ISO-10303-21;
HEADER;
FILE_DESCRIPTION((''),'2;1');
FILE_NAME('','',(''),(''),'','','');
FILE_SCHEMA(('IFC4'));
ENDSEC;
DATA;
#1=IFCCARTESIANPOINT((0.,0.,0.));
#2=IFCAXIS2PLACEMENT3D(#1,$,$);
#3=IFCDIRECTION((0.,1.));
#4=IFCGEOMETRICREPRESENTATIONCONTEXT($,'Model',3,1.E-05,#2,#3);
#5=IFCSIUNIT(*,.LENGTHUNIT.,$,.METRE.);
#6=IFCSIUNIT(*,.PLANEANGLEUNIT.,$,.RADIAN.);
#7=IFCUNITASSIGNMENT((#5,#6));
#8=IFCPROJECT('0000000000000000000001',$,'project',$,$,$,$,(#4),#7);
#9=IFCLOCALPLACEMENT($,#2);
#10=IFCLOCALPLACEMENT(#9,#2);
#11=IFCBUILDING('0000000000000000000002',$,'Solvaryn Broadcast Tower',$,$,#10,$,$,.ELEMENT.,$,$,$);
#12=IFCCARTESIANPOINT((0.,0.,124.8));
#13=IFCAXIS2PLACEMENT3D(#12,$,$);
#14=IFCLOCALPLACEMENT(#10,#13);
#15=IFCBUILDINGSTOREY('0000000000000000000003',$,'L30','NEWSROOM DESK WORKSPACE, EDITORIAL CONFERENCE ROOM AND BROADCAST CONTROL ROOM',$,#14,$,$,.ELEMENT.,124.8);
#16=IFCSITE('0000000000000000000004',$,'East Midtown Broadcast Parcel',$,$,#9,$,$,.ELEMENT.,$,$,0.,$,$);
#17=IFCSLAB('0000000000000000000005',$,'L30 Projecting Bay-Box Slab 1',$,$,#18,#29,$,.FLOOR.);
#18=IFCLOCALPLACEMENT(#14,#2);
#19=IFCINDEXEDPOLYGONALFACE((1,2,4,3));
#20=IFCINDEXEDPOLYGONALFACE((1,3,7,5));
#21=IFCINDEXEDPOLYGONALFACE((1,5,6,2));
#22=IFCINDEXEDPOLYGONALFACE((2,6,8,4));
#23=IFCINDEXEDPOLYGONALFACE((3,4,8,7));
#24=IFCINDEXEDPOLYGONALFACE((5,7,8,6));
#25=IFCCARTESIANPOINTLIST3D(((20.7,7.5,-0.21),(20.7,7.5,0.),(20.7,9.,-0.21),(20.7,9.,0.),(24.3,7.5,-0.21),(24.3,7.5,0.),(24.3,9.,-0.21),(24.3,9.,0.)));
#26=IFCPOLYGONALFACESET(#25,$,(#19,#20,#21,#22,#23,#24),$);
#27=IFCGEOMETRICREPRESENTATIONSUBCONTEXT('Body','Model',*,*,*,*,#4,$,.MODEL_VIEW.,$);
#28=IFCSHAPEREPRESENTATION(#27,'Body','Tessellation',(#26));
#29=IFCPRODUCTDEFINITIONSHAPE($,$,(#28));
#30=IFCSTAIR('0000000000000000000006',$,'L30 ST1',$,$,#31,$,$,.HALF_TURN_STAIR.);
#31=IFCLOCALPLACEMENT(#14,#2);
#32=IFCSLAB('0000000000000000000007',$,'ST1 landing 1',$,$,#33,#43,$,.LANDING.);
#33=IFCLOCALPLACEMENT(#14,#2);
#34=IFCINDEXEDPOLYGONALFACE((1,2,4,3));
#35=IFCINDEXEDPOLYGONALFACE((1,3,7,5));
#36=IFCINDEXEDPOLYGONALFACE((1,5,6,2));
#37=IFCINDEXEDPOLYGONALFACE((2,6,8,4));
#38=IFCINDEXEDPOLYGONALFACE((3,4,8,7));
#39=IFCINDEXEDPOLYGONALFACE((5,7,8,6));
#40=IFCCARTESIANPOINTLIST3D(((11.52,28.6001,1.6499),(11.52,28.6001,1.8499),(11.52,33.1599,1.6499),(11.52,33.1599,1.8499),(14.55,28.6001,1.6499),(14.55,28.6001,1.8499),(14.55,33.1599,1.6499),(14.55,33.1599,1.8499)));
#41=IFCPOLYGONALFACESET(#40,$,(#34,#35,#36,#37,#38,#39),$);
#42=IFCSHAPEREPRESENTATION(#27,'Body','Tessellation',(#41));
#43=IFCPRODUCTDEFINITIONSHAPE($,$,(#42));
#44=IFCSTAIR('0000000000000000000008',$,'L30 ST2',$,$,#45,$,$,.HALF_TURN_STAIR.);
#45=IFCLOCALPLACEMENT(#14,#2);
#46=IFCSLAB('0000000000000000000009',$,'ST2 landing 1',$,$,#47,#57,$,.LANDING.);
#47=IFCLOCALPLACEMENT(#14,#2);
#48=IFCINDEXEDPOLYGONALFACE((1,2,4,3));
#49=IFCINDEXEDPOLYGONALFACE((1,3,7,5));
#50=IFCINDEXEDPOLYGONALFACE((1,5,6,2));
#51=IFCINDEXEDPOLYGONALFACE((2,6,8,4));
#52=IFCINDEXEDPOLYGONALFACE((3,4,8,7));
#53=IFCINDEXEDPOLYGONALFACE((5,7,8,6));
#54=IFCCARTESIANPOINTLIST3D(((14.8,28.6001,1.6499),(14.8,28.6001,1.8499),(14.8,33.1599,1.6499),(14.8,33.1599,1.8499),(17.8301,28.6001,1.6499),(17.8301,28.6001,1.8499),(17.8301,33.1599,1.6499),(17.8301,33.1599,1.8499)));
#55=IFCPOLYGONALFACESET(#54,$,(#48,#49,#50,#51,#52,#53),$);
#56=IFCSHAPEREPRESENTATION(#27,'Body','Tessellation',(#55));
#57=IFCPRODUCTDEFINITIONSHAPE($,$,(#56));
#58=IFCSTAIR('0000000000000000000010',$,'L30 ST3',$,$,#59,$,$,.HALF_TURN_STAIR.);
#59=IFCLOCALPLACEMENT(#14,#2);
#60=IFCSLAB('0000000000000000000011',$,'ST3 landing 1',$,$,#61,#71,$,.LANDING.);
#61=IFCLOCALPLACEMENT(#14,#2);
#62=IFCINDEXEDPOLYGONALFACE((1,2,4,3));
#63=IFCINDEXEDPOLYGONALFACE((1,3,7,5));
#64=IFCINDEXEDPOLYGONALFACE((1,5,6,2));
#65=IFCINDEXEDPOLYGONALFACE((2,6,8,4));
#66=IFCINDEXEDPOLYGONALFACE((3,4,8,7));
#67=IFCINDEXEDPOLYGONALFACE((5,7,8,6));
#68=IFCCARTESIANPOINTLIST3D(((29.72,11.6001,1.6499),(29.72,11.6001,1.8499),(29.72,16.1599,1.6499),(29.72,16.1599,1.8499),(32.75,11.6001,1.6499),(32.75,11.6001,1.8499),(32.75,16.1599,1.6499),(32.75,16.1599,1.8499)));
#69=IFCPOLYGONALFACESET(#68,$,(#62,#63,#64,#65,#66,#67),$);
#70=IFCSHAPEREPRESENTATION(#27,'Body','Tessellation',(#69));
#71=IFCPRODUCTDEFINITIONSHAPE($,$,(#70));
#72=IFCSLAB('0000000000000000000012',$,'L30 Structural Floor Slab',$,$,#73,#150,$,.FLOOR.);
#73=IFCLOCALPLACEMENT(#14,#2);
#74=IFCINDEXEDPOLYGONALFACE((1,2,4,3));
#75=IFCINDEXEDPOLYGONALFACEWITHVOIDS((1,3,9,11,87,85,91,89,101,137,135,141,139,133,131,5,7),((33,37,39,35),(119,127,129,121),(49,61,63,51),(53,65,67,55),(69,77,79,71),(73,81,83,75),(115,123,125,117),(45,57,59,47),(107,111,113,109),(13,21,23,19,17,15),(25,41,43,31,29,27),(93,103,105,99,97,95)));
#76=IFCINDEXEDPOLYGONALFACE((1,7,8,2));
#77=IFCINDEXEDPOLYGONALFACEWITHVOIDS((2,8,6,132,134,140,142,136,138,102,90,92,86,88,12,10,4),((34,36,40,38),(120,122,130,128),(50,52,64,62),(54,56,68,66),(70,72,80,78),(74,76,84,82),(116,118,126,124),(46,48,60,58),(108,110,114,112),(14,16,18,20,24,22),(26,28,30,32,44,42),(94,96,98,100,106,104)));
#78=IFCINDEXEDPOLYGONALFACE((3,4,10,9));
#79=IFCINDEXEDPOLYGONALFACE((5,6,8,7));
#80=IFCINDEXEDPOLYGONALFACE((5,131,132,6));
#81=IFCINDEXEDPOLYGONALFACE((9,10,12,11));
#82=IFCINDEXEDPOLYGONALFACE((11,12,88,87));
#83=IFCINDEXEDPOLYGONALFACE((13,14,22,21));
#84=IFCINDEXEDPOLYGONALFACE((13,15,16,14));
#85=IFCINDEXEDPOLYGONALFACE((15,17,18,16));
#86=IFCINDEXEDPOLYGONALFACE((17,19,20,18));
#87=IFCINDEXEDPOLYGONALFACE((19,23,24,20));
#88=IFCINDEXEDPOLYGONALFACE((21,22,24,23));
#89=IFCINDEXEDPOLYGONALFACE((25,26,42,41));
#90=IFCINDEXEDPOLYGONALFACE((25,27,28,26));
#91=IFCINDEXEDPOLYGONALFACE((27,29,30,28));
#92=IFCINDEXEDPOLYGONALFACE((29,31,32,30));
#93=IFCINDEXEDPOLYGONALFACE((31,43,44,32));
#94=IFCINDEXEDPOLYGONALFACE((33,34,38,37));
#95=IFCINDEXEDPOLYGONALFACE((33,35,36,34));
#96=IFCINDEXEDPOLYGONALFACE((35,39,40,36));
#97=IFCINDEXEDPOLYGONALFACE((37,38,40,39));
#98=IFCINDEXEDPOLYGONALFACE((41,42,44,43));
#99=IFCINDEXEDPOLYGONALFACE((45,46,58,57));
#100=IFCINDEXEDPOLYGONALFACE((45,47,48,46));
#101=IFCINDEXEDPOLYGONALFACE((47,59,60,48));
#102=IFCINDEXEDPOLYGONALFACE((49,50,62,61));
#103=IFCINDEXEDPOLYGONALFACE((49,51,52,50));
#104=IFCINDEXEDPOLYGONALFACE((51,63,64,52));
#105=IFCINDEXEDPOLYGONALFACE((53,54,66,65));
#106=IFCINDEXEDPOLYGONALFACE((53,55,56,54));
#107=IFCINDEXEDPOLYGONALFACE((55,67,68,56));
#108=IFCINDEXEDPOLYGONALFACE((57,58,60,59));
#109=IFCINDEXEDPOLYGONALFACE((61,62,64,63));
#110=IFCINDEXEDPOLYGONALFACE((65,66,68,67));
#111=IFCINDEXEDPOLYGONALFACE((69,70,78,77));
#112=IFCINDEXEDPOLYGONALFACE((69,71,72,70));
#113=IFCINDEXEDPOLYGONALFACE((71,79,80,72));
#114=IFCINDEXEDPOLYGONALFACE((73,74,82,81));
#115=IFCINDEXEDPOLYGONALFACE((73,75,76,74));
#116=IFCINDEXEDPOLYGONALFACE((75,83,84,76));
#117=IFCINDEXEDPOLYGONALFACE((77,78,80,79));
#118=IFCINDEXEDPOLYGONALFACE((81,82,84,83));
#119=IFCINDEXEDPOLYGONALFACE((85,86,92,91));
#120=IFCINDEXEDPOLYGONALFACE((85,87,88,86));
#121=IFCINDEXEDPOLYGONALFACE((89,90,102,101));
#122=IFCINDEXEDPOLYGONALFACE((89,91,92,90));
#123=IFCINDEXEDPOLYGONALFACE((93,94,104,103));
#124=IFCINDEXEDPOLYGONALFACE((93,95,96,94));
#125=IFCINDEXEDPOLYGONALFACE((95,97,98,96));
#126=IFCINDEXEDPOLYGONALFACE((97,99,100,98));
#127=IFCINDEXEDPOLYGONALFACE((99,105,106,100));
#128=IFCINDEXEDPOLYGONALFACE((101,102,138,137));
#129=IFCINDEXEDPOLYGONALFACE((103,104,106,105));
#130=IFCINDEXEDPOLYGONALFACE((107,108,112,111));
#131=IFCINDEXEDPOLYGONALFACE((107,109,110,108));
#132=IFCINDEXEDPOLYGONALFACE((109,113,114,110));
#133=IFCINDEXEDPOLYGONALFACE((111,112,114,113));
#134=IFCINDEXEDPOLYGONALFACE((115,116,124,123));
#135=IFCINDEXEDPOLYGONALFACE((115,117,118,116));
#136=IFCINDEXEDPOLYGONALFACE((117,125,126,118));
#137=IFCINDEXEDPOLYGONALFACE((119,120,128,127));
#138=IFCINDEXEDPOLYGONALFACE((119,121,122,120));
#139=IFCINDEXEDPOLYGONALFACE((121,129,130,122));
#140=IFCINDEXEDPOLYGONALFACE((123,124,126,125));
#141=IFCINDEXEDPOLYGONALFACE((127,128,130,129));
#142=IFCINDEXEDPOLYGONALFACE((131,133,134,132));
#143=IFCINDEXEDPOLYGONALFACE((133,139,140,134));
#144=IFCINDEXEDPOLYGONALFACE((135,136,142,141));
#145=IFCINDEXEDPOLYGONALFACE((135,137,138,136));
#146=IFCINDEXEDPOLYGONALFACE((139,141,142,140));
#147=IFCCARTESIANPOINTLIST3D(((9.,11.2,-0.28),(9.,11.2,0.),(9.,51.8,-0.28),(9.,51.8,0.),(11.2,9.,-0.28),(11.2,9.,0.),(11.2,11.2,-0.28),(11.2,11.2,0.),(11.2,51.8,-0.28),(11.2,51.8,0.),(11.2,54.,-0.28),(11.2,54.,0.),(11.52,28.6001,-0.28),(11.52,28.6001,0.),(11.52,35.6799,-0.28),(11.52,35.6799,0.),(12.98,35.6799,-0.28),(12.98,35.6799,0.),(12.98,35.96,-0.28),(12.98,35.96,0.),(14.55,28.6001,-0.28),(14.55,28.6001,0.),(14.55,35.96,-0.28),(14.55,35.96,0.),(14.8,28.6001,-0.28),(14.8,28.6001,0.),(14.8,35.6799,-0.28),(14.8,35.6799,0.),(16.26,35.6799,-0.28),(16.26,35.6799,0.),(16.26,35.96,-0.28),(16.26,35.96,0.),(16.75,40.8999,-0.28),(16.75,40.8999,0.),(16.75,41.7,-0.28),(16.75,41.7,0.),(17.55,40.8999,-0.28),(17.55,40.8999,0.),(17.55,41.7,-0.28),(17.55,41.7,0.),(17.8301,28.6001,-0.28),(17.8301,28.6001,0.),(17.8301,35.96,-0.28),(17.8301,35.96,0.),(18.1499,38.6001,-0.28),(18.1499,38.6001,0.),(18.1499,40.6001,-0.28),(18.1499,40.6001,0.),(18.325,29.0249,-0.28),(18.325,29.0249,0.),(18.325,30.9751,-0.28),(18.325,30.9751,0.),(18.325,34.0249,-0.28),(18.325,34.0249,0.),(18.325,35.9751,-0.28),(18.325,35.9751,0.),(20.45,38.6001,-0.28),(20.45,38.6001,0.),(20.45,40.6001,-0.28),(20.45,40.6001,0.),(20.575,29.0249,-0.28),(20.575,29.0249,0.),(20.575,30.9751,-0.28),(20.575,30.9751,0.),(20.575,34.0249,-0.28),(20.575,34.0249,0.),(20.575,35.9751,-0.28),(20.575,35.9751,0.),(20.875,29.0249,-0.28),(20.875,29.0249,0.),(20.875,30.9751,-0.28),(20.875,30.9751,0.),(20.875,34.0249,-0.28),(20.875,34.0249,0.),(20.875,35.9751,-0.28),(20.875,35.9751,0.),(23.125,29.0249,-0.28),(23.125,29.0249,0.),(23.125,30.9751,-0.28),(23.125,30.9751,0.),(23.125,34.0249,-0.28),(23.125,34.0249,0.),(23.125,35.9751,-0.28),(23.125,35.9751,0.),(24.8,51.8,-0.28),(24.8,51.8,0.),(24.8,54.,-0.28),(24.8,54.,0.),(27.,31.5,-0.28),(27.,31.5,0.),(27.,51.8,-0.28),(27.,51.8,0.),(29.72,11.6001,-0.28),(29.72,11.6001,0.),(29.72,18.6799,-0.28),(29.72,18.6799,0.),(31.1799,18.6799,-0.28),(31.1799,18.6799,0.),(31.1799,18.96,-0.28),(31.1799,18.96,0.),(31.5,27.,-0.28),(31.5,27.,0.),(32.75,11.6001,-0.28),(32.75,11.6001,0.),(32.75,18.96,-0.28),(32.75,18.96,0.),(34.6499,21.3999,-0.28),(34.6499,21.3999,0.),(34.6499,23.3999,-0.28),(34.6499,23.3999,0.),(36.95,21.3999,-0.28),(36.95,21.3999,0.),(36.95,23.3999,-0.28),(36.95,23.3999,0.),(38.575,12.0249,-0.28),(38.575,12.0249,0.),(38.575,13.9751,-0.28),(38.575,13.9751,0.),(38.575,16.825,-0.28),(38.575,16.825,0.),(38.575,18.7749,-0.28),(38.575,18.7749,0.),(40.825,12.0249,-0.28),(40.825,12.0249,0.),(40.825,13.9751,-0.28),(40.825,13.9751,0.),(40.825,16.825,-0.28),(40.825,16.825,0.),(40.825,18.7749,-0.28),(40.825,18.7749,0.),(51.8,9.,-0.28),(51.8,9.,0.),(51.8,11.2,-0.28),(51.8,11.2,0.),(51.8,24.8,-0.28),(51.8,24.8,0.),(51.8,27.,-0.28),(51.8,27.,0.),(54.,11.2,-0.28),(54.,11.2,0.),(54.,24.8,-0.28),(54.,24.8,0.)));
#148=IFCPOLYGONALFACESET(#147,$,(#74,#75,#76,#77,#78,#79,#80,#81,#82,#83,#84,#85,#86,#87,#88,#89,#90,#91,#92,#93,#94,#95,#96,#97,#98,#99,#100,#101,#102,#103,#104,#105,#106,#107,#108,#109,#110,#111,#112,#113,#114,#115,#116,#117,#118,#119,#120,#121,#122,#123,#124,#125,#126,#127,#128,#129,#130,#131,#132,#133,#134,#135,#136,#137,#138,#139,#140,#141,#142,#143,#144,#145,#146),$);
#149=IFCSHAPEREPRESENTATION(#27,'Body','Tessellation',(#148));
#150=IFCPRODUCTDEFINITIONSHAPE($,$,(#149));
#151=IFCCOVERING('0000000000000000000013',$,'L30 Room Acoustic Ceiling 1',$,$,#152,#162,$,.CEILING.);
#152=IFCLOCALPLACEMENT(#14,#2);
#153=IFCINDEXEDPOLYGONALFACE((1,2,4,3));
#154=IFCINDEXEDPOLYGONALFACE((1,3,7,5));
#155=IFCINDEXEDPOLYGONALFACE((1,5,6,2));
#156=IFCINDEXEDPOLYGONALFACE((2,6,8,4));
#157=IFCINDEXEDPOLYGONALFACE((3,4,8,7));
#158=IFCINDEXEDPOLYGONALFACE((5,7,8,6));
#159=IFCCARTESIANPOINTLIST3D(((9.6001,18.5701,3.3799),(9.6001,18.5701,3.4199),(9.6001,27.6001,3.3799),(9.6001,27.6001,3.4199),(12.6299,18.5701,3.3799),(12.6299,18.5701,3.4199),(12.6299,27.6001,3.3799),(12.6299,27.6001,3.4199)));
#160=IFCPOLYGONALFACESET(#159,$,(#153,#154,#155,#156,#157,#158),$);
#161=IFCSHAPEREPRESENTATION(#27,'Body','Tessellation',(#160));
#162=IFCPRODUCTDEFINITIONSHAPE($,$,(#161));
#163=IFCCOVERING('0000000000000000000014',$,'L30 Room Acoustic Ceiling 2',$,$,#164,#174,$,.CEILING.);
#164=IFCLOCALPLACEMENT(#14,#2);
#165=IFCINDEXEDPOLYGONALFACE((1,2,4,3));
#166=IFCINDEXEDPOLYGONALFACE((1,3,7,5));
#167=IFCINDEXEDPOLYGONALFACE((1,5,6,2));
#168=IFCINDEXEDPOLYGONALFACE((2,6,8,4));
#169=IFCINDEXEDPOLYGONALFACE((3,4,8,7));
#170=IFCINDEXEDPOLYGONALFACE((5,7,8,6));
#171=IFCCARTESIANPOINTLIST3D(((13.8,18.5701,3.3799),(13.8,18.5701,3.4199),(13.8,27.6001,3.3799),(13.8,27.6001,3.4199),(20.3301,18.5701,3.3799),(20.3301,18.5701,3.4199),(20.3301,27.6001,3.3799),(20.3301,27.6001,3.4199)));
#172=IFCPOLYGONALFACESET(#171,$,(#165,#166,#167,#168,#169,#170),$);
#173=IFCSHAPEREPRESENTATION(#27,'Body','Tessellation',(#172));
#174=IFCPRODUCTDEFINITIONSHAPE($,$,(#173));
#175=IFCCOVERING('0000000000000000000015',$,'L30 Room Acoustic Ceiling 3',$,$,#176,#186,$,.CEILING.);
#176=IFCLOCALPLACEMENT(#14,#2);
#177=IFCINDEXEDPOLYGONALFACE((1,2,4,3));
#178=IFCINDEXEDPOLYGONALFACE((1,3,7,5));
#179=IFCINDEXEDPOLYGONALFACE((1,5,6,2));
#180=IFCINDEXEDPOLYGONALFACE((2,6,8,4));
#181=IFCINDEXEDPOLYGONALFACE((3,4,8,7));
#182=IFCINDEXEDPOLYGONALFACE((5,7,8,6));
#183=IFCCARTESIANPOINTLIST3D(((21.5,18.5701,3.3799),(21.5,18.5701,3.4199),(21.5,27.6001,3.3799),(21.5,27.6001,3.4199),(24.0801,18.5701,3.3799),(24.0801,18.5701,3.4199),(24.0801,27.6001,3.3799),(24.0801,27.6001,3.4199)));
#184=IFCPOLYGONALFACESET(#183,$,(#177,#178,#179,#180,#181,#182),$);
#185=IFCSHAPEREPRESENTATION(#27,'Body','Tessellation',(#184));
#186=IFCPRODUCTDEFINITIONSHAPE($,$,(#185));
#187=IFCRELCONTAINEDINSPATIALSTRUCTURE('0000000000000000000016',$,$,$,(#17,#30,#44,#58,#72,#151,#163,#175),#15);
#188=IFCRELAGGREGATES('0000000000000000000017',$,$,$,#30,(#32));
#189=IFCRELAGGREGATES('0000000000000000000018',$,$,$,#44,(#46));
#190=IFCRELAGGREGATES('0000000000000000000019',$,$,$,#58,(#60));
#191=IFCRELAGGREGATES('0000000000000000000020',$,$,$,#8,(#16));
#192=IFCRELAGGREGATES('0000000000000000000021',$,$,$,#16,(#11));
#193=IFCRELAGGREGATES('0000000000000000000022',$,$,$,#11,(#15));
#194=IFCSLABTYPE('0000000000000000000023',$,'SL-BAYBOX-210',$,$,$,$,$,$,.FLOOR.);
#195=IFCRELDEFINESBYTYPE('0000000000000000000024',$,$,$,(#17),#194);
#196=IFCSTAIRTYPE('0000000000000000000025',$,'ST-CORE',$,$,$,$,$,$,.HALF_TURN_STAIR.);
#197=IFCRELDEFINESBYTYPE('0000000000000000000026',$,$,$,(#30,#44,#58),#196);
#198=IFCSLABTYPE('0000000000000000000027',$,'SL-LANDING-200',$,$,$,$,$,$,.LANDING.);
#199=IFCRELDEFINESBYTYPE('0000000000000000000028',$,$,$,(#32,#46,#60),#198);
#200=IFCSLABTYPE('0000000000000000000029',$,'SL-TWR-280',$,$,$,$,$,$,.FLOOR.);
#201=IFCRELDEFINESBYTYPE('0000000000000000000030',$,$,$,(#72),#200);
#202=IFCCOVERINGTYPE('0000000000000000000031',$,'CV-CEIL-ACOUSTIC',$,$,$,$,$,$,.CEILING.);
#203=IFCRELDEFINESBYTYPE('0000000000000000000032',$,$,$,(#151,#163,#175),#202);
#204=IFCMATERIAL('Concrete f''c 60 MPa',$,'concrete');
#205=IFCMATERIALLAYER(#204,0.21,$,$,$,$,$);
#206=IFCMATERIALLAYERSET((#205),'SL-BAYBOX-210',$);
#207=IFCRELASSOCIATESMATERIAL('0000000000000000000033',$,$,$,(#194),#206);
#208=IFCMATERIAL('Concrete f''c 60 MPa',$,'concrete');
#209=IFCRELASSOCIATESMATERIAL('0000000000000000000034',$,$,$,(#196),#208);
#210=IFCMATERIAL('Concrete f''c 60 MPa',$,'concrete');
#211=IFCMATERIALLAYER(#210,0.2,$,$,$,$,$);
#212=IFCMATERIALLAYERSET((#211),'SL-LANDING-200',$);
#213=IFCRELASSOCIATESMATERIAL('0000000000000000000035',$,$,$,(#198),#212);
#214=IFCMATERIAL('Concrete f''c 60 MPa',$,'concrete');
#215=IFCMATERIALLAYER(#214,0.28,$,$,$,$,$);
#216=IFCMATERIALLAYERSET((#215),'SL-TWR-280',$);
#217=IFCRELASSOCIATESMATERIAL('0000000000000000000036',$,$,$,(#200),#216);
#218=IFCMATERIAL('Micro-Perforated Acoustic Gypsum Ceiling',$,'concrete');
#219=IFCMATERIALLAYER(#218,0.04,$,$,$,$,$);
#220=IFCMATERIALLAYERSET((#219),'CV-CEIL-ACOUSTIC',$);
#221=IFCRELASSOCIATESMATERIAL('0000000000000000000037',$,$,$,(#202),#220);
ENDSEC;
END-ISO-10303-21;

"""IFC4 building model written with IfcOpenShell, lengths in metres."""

from ifc_helpers import new_model, si_unit, direction, frame, origin, place, context, subcontext, project, spatial, polyline, outline, extrude, material, layer, layer_set, type_object, element, aggregate, save


model = new_model("IFC4")

# Units and contexts
model_context = context("Model", 3, precision=1e-05, world=origin(), true_north=direction((0.0, 1.0)))
body_context = subcontext(model_context, "Body", "Model", "MODEL_VIEW")
ifc_project = project(units=[si_unit("LENGTHUNIT", "METRE"), si_unit("PLANEANGLEUNIT", "RADIAN")], contexts=[model_context])

# Site, building, storey
site_placement = place(None, origin())
site = spatial("IfcSite", under=ifc_project, at=site_placement, Name="East Midtown Broadcast Parcel", CompositionType="ELEMENT", RefElevation=0.0)
building_placement = place(site_placement, origin())
building = spatial("IfcBuilding", under=site, at=building_placement, Name="Solvaryn Broadcast Tower", CompositionType="ELEMENT")
storey_placement = place(building_placement, frame((0.0, 0.0, 124.8)))
storey = spatial("IfcBuildingStorey", under=building, at=storey_placement, Name="L30", Description="NEWSROOM DESK WORKSPACE, EDITORIAL CONFERENCE ROOM AND BROADCAST CONTROL ROOM", CompositionType="ELEMENT", Elevation=124.8)

# Slab
ifc_material_1 = material(Name="Concrete f'c 60 MPa", Category="concrete")
ifc_layer_1 = layer(ifc_material_1, 0.21)
ifc_layer_set_1 = layer_set([ifc_layer_1], Name="SL-BAYBOX-210")
slab_type_1 = type_object("IfcSlabType", Name="SL-BAYBOX-210", PredefinedType="FLOOR", material=ifc_layer_set_1)
slab_1_placement = place(storey_placement, frame((0.0, 0.0, -0.21)))
element("IfcSlab", 1, at=slab_1_placement, inside=storey, type_object=slab_type_1, Name="L30 Projecting Bay-Box Slab 1", PredefinedType="FLOOR", context=body_context, shape_type="SweptSolid", body=[
    extrude(outline(polyline([(20.7, 7.5), (24.3, 7.5), (24.3, 9.0), (20.7, 9.0), (20.7, 7.5)])), origin(), (0.0, 0.0, 1.0), 0.21),
])

# Stairs, slabs
ifc_material_2 = material(Name="Concrete f'c 60 MPa", Category="concrete")
stair_type = type_object("IfcStairType", Name="ST-CORE", PredefinedType="HALF_TURN_STAIR", material=ifc_material_2)
stair_1_placement = place(storey_placement, origin())
stair_1 = element("IfcStair", 2, at=stair_1_placement, inside=storey, type_object=stair_type, Name="L30 ST1", PredefinedType="HALF_TURN_STAIR")
ifc_material_3 = material(Name="Concrete f'c 60 MPa", Category="concrete")
ifc_layer_2 = layer(ifc_material_3, 0.2)
ifc_layer_set_2 = layer_set([ifc_layer_2], Name="SL-LANDING-200")
slab_type_2 = type_object("IfcSlabType", Name="SL-LANDING-200", PredefinedType="LANDING", material=ifc_layer_set_2)
slab_2_placement = place(storey_placement, frame((0.0, 0.0, 1.6499)))
slab_2 = element("IfcSlab", 3, at=slab_2_placement, type_object=slab_type_2, Name="ST1 landing 1", PredefinedType="LANDING", context=body_context, shape_type="SweptSolid", body=[
    extrude(outline(polyline([(11.52, 33.1599), (11.52, 28.6001), (14.55, 28.6001), (14.55, 33.1599), (11.52, 33.1599)])), origin(), (0.0, 0.0, 1.0), 0.2),
])
aggregate(stair_1, [slab_2])
stair_2_placement = place(storey_placement, origin())
stair_2 = element("IfcStair", 4, at=stair_2_placement, inside=storey, type_object=stair_type, Name="L30 ST2", PredefinedType="HALF_TURN_STAIR")
slab_3_placement = place(storey_placement, frame((0.0, 0.0, 1.6499)))
slab_3 = element("IfcSlab", 5, at=slab_3_placement, type_object=slab_type_2, Name="ST2 landing 1", PredefinedType="LANDING", context=body_context, shape_type="SweptSolid", body=[
    extrude(outline(polyline([(14.8, 33.1599), (14.8, 28.6001), (17.8301, 28.6001), (17.8301, 33.1599), (14.8, 33.1599)])), origin(), (0.0, 0.0, 1.0), 0.2),
])
aggregate(stair_2, [slab_3])
stair_3_placement = place(storey_placement, origin())
stair_3 = element("IfcStair", 6, at=stair_3_placement, inside=storey, type_object=stair_type, Name="L30 ST3", PredefinedType="HALF_TURN_STAIR")
slab_4_placement = place(storey_placement, frame((0.0, 0.0, 1.6499)))
slab_4 = element("IfcSlab", 7, at=slab_4_placement, type_object=slab_type_2, Name="ST3 landing 1", PredefinedType="LANDING", context=body_context, shape_type="SweptSolid", body=[
    extrude(outline(polyline([(29.72, 16.1599), (29.72, 11.6001), (32.75, 11.6001), (32.75, 16.1599), (29.72, 16.1599)])), origin(), (0.0, 0.0, 1.0), 0.2),
])
aggregate(stair_3, [slab_4])

# Slab
ifc_material_4 = material(Name="Concrete f'c 60 MPa", Category="concrete")
ifc_layer_3 = layer(ifc_material_4, 0.28)
ifc_layer_set_3 = layer_set([ifc_layer_3], Name="SL-TWR-280")
slab_type_3 = type_object("IfcSlabType", Name="SL-TWR-280", PredefinedType="FLOOR", material=ifc_layer_set_3)
slab_5_placement = place(storey_placement, frame((0.0, 0.0, -0.28)))
element("IfcSlab", 8, at=slab_5_placement, inside=storey, type_object=slab_type_3, Name="L30 Structural Floor Slab", PredefinedType="FLOOR", context=body_context, shape_type="SweptSolid", body=[
    extrude(outline(polyline([(11.2, 9.0), (51.8, 9.0), (51.8, 11.2), (54.0, 11.2), (54.0, 24.8), (51.8, 24.8), (51.8, 27.0), (31.5, 27.0), (27.0, 31.5), (27.0, 51.8), (24.8, 51.8), (24.8, 54.0), (11.2, 54.0), (11.2, 51.8), (9.0, 51.8), (9.0, 11.2), (11.2, 11.2), (11.2, 9.0)]), holes=[polyline([(11.52, 28.6001), (14.55, 28.6001), (14.55, 35.96), (12.98, 35.96), (12.98, 35.6799), (11.52, 35.6799), (11.52, 28.6001)]), polyline([(14.8, 28.6001), (17.8301, 28.6001), (17.8301, 35.96), (16.26, 35.96), (16.26, 35.6799), (14.8, 35.6799), (14.8, 28.6001)]), polyline([(29.72, 11.6001), (32.75, 11.6001), (32.75, 18.96), (31.1799, 18.96), (31.1799, 18.6799), (29.72, 18.6799), (29.72, 11.6001)]), polyline([(18.1499, 38.6001), (20.45, 38.6001), (20.45, 40.6001), (18.1499, 40.6001), (18.1499, 38.6001)]), polyline([(18.325, 29.0249), (20.575, 29.0249), (20.575, 30.9751), (18.325, 30.9751), (18.325, 29.0249)]), polyline([(20.875, 29.0249), (23.125, 29.0249), (23.125, 30.9751), (20.875, 30.9751), (20.875, 29.0249)]), polyline([(18.325, 34.0249), (20.575, 34.0249), (20.575, 35.9751), (18.325, 35.9751), (18.325, 34.0249)]), polyline([(20.875, 34.0249), (23.125, 34.0249), (23.125, 35.9751), (20.875, 35.9751), (20.875, 34.0249)]), polyline([(34.6499, 21.3999), (36.95, 21.3999), (36.95, 23.3999), (34.6499, 23.3999), (34.6499, 21.3999)]), polyline([(38.575, 12.0249), (40.825, 12.0249), (40.825, 13.9751), (38.575, 13.9751), (38.575, 12.0249)]), polyline([(38.575, 16.825), (40.825, 16.825), (40.825, 18.7749), (38.575, 18.7749), (38.575, 16.825)]), polyline([(16.75, 40.8999), (17.55, 40.8999), (17.55, 41.7), (16.75, 41.7), (16.75, 40.8999)])]), origin(), (0.0, 0.0, 1.0), 0.28),
])

# Coverings
ifc_material_5 = material(Name="Micro-Perforated Acoustic Gypsum Ceiling", Category="concrete")
ifc_layer_4 = layer(ifc_material_5, 0.04)
ifc_layer_set_4 = layer_set([ifc_layer_4], Name="CV-CEIL-ACOUSTIC")
covering_type_1 = type_object("IfcCoveringType", Name="CV-CEIL-ACOUSTIC", PredefinedType="CEILING", material=ifc_layer_set_4)
covering_1_placement = place(storey_placement, frame((0.0, 0.0, 3.3799)))
element("IfcCovering", 9, at=covering_1_placement, inside=storey, type_object=covering_type_1, Name="L30 Room Acoustic Ceiling 1", PredefinedType="CEILING", context=body_context, shape_type="SweptSolid", body=[
    extrude(outline(polyline([(9.6001, 18.5701), (12.6299, 18.5701), (12.6299, 27.6001), (9.6001, 27.6001), (9.6001, 18.5701)])), origin(), (0.0, 0.0, 1.0), 0.04),
])
covering_2_placement = place(storey_placement, frame((0.0, 0.0, 3.3799)))
element("IfcCovering", 10, at=covering_2_placement, inside=storey, type_object=covering_type_1, Name="L30 Room Acoustic Ceiling 2", PredefinedType="CEILING", context=body_context, shape_type="SweptSolid", body=[
    extrude(outline(polyline([(13.8, 18.5701), (20.3301, 18.5701), (20.3301, 27.6001), (13.8, 27.6001), (13.8, 18.5701)])), origin(), (0.0, 0.0, 1.0), 0.04),
])
covering_3_placement = place(storey_placement, frame((0.0, 0.0, 3.3799)))
element("IfcCovering", 11, at=covering_3_placement, inside=storey, type_object=covering_type_1, Name="L30 Room Acoustic Ceiling 3", PredefinedType="CEILING", context=body_context, shape_type="SweptSolid", body=[
    extrude(outline(polyline([(21.5, 18.5701), (24.0801, 18.5701), (24.0801, 27.6001), (21.5, 27.6001), (21.5, 18.5701)])), origin(), (0.0, 0.0, 1.0), 0.04),
])

save(model, "model.ifc")
